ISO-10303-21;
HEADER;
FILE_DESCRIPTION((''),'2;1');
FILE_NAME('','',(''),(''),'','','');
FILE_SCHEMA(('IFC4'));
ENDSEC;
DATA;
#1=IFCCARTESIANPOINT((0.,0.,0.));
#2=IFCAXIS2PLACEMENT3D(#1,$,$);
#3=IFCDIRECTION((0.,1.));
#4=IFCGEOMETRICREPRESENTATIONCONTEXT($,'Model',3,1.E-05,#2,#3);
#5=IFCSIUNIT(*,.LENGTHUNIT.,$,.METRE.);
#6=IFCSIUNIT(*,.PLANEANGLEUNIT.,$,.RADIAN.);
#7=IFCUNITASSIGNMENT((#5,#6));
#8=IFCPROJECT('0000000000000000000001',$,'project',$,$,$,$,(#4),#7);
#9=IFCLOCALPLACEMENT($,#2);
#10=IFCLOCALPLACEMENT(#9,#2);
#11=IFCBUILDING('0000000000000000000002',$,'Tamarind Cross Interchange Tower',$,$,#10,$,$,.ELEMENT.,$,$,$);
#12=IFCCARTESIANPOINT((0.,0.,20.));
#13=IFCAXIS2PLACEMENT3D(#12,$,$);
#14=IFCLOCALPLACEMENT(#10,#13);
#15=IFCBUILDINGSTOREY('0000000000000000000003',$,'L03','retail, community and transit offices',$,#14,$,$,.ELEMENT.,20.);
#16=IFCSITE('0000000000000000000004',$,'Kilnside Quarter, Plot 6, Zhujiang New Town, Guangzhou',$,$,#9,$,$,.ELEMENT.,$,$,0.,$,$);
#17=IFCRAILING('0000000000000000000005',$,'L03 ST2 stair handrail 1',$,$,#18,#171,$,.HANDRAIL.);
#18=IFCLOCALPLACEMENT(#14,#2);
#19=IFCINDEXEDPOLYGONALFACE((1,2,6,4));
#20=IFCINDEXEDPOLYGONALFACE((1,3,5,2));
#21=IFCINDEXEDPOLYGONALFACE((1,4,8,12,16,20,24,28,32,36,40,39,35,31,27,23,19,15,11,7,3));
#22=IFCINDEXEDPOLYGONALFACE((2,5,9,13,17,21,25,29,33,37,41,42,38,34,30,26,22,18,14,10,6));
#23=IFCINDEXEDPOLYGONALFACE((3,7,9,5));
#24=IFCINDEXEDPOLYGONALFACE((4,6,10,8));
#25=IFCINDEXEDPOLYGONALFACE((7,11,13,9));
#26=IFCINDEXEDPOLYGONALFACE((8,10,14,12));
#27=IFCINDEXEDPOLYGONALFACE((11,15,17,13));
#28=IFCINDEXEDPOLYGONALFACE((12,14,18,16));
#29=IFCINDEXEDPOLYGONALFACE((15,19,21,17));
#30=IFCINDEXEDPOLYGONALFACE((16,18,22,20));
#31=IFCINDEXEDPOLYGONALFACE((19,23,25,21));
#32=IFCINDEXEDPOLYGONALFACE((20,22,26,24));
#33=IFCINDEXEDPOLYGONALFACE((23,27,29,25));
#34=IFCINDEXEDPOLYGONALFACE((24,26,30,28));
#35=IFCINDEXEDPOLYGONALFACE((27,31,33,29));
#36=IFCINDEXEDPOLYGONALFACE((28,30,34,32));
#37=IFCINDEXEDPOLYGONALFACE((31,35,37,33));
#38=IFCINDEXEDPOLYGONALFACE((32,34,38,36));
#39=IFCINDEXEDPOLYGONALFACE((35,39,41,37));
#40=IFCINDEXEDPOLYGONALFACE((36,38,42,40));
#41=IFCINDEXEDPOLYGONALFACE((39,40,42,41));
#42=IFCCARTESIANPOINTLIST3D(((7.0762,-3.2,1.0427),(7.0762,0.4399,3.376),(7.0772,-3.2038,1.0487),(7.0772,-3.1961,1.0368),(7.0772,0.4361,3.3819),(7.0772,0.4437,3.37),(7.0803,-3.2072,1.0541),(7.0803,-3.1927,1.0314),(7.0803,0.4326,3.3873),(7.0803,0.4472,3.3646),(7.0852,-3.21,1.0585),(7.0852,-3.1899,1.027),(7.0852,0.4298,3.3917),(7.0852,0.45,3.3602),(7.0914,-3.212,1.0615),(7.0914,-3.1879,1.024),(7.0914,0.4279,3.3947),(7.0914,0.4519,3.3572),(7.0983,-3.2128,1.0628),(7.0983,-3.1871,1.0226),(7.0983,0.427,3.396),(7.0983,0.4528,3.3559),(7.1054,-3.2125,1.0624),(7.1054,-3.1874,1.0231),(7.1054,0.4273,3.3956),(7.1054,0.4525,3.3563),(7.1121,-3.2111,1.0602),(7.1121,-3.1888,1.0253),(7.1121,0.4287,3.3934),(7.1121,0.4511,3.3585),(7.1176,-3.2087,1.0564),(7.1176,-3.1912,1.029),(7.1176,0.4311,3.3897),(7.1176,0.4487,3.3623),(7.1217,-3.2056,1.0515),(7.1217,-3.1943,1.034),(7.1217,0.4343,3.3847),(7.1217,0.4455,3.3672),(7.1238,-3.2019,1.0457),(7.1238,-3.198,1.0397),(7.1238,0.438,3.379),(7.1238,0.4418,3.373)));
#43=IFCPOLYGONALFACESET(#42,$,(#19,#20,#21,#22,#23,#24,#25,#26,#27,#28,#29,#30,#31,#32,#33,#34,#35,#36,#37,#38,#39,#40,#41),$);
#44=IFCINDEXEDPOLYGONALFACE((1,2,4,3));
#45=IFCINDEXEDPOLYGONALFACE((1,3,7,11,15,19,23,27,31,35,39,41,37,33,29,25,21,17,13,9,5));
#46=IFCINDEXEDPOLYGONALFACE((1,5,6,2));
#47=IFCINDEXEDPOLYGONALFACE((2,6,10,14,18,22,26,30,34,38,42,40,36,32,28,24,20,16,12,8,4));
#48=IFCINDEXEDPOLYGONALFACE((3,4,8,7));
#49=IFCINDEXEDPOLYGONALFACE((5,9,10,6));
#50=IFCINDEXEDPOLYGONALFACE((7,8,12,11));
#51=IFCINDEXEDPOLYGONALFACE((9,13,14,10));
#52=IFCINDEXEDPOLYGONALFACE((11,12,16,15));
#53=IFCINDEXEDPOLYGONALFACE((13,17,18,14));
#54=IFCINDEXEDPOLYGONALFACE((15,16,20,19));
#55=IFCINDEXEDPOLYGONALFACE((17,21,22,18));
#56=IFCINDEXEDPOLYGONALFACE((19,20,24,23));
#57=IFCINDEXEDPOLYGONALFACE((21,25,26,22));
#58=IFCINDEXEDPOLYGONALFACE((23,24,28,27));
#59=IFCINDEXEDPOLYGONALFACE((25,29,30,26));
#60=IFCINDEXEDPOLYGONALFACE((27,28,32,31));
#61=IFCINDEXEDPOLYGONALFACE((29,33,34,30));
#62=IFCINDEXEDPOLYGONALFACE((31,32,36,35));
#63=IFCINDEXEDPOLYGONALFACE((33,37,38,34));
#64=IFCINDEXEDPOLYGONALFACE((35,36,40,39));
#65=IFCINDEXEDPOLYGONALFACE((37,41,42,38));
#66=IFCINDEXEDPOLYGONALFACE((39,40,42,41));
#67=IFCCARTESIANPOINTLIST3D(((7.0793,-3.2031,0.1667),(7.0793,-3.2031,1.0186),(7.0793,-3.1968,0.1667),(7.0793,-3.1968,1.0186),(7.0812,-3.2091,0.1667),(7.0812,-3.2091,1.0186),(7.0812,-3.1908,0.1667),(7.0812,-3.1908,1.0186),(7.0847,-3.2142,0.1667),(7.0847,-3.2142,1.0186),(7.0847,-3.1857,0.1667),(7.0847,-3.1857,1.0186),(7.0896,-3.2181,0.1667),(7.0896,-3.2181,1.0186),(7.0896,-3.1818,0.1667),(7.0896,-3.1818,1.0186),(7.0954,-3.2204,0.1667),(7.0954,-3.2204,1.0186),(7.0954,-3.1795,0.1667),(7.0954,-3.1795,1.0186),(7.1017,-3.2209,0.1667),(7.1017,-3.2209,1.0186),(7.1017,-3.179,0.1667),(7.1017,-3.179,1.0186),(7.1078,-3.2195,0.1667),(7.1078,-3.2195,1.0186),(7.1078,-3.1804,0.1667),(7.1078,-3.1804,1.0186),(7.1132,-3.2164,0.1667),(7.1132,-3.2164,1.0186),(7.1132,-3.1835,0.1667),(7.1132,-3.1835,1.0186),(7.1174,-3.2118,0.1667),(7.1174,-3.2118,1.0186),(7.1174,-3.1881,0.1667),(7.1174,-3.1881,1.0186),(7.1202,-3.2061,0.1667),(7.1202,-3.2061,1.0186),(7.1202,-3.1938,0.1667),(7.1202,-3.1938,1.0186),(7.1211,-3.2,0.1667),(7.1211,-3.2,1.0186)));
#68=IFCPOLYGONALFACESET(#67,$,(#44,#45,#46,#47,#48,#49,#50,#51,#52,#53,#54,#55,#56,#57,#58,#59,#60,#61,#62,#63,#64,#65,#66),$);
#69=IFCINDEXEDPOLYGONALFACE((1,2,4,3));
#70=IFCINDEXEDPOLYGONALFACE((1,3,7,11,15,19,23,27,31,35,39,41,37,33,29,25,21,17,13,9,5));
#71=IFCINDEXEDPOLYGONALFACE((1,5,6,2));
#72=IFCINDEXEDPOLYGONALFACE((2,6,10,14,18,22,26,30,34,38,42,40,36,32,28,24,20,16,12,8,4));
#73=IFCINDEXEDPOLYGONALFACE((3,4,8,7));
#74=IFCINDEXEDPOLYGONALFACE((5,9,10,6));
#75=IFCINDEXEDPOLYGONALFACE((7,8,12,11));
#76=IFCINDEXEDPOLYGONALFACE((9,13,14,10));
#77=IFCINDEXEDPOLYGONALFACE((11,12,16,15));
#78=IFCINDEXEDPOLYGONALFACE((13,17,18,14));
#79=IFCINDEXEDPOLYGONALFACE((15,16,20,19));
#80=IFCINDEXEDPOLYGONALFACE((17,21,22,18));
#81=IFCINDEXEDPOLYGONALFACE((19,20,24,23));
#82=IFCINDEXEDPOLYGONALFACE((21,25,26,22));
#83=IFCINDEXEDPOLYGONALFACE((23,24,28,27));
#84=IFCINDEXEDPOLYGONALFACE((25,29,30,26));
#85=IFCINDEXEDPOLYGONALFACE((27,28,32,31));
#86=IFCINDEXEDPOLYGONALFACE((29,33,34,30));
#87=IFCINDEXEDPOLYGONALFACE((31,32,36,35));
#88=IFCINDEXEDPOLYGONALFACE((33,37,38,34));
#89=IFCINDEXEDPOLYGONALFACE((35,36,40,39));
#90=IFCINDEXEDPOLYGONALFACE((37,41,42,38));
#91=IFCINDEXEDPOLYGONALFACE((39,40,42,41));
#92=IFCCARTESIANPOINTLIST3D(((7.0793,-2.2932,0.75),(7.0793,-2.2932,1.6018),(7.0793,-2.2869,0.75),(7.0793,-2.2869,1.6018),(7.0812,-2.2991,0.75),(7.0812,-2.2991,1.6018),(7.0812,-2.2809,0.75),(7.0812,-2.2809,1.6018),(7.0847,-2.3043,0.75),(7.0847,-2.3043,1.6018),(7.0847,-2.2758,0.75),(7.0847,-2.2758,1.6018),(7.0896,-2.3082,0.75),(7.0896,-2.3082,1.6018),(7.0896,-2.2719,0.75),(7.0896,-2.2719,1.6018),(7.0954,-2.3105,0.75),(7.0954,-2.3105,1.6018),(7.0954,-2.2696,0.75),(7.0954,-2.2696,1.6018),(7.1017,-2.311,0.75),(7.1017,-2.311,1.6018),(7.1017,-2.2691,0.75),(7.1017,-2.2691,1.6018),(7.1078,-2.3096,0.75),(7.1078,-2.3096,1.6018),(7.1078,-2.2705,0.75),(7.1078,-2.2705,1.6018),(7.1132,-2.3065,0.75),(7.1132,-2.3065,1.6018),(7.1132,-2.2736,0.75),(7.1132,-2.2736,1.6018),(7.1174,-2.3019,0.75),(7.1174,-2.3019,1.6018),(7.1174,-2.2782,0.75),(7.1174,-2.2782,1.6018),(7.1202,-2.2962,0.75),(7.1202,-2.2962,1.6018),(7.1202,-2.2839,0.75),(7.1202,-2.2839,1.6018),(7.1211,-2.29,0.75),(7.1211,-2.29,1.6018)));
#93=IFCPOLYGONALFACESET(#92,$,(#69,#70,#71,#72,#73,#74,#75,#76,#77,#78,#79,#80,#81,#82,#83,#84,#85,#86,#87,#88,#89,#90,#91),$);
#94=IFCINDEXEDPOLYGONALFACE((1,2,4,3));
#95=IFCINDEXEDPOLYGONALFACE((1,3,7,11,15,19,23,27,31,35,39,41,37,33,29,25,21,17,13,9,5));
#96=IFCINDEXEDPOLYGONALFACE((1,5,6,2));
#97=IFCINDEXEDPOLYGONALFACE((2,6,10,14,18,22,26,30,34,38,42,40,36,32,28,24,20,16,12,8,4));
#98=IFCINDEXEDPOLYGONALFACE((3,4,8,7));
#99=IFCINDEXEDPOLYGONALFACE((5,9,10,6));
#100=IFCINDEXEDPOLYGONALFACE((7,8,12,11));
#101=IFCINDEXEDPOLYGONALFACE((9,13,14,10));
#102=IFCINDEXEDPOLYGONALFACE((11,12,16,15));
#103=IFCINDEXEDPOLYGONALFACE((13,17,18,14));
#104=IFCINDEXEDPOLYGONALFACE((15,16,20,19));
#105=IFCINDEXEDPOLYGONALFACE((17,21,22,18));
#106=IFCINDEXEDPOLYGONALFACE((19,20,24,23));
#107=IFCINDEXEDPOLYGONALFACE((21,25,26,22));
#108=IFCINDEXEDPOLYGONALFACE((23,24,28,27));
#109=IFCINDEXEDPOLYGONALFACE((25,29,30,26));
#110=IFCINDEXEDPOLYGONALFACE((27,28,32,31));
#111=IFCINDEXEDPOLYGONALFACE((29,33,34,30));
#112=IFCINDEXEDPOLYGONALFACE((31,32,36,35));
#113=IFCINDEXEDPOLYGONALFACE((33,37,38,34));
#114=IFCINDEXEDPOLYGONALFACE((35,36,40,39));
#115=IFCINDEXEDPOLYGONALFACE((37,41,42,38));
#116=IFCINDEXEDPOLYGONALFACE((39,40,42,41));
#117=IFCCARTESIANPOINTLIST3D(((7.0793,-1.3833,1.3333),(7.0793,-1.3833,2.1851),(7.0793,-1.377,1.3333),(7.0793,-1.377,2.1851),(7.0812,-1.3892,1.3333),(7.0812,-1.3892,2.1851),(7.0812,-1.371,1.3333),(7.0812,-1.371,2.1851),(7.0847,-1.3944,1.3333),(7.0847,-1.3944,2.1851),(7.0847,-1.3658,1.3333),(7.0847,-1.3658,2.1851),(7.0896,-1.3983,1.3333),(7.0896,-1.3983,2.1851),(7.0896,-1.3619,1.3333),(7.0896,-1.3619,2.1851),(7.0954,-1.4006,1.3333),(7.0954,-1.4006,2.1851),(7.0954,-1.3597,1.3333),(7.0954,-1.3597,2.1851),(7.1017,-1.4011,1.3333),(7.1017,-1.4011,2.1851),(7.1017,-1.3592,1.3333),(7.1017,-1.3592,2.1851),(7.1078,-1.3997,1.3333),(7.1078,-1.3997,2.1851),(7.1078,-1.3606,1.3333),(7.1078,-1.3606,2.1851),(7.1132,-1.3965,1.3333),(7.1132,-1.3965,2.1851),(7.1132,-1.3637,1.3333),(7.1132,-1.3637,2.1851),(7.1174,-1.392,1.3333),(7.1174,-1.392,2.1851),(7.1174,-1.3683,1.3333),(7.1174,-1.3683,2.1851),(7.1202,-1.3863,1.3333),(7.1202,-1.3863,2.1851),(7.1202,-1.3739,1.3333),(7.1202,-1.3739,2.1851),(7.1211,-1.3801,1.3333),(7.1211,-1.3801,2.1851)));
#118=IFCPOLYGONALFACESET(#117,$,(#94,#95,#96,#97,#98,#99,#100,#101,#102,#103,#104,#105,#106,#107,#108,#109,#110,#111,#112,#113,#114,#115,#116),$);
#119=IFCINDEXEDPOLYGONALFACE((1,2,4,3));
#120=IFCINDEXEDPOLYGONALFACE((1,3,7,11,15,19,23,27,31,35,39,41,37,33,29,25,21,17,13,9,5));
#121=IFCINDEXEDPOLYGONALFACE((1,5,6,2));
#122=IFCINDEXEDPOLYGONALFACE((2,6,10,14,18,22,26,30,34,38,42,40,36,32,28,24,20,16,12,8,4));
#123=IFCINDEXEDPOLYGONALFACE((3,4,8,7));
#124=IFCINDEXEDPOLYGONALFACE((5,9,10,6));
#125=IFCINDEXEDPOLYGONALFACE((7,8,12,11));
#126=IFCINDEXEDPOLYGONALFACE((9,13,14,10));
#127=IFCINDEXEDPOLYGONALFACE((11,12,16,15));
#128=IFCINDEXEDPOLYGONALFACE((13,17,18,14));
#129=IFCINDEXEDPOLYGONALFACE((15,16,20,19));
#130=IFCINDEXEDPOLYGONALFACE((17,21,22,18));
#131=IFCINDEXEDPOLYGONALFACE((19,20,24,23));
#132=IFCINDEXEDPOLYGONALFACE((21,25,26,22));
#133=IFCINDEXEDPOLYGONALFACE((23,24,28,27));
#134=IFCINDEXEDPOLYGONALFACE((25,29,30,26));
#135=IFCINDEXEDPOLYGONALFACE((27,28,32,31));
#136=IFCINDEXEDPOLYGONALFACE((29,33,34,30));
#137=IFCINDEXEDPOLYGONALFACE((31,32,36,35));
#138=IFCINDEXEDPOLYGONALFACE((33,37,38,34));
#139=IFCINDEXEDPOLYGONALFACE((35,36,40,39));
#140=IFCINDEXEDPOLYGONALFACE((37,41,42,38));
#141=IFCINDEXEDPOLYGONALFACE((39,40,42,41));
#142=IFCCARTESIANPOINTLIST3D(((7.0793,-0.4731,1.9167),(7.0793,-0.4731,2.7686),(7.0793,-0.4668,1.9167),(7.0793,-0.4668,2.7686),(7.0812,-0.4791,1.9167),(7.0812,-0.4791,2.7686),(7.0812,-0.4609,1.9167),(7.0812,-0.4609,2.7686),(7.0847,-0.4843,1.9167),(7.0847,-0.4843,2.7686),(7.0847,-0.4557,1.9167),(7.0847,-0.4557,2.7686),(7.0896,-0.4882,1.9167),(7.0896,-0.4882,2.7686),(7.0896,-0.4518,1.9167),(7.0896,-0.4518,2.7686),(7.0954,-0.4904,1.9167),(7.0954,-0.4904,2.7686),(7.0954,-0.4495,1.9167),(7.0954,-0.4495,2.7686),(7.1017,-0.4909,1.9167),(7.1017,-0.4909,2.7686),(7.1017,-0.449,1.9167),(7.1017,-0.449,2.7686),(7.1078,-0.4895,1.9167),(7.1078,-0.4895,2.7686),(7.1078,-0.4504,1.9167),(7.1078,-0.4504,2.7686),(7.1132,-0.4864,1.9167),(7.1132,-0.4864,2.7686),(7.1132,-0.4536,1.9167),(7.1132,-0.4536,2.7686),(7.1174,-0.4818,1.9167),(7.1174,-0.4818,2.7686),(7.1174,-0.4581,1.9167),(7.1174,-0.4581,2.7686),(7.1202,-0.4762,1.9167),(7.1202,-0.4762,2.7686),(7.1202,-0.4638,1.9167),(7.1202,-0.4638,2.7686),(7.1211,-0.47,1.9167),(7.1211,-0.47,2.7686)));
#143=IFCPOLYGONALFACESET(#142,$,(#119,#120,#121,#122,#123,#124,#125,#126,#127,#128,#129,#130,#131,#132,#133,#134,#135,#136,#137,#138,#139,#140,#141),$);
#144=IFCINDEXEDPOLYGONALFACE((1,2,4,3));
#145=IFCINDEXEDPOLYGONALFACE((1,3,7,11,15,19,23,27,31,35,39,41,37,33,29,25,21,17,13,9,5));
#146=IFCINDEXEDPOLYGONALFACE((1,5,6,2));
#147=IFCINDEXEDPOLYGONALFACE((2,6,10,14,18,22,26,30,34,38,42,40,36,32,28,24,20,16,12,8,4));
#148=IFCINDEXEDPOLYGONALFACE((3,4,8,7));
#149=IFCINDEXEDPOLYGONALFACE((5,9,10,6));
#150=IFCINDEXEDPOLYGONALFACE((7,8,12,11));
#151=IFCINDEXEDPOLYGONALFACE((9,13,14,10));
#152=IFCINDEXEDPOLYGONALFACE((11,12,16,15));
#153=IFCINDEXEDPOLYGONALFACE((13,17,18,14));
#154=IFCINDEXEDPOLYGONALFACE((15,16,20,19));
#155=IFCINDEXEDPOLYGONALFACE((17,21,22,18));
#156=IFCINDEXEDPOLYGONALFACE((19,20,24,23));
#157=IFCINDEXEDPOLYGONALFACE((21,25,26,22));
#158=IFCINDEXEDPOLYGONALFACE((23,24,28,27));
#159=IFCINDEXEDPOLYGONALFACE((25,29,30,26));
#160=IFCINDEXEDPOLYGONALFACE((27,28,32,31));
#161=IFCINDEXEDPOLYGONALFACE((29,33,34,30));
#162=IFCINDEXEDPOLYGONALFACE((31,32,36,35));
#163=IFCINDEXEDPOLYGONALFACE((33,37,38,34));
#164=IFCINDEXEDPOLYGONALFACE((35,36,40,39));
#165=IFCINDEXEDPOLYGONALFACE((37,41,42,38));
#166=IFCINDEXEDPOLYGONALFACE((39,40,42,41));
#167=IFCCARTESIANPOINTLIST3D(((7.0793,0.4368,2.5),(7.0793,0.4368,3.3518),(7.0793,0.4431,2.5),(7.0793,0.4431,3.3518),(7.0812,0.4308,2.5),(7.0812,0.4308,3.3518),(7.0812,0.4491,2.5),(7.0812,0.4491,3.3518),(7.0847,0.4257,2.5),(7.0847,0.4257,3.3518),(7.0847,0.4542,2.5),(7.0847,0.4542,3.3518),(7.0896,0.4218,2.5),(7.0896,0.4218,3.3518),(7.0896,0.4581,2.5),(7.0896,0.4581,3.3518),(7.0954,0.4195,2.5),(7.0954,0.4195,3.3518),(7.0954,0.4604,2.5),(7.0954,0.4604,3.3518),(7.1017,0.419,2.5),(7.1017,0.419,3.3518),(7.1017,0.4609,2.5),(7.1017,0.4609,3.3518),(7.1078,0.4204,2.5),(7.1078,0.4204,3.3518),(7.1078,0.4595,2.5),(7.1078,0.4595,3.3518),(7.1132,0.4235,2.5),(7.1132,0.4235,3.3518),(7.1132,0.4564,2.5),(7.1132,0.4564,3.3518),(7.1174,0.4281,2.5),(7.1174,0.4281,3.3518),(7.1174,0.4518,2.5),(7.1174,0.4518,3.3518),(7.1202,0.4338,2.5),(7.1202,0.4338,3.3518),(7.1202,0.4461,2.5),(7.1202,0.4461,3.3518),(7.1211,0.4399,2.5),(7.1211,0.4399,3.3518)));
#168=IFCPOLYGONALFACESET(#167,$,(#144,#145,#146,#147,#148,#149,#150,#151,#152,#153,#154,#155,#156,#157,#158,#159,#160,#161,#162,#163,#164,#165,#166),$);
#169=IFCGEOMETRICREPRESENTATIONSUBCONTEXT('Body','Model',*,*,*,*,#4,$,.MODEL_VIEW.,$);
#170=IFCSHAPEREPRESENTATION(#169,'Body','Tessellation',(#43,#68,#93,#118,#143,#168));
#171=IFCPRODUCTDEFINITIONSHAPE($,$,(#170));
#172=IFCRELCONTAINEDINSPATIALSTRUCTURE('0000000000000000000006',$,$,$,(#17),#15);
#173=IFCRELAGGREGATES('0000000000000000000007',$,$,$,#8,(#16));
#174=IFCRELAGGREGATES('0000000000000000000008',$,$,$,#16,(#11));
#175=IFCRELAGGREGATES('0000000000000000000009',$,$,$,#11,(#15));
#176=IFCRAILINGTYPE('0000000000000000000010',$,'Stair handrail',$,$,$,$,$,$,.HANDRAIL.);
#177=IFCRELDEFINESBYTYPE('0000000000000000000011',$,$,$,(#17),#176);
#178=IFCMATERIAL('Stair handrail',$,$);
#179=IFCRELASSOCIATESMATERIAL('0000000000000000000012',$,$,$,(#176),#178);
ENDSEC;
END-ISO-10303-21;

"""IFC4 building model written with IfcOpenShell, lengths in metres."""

from ifc_helpers import new_model, si_unit, direction, frame, origin, origin_2d, place, context, subcontext, project, spatial, circle, extrude, material, type_object, element, save


model = new_model("IFC4")

# Units and contexts
model_context = context("Model", 3, precision=1e-05, world=origin(), true_north=direction((0.0, 1.0)))
body_context = subcontext(model_context, "Body", "Model", "MODEL_VIEW")
ifc_project = project(units=[si_unit("LENGTHUNIT", "METRE"), si_unit("PLANEANGLEUNIT", "RADIAN")], contexts=[model_context])

# Site, building, storey
site_placement = place(None, origin())
site = spatial("IfcSite", under=ifc_project, at=site_placement, Name="Kilnside Quarter, Plot 6, Zhujiang New Town, Guangzhou", CompositionType="ELEMENT", RefElevation=0.0)
building_placement = place(site_placement, origin())
building = spatial("IfcBuilding", under=site, at=building_placement, Name="Tamarind Cross Interchange Tower", CompositionType="ELEMENT")
storey_placement = place(building_placement, frame((0.0, 0.0, 20.0)))
storey = spatial("IfcBuildingStorey", under=building, at=storey_placement, Name="L03", Description="retail, community and transit offices", CompositionType="ELEMENT", Elevation=20.0)

# Railing
ifc_material_1 = material(Name="Stair handrail")
railing_type_1 = type_object("IfcRailingType", Name="Stair handrail", PredefinedType="HANDRAIL", material=ifc_material_1)
railing_1_placement = place(storey_placement, frame((7.1001, -3.2, 0.1667)))
element("IfcRailing", 1, at=railing_1_placement, inside=storey, type_object=railing_type_1, Name="L03 ST2 stair handrail 1", PredefinedType="HANDRAIL", context=body_context, shape_type="SweptSolid", body=[
    extrude(circle(Radius=0.0239, at=origin_2d()), frame((0.0, 0.0, 0.876), z_axis=(0.0, 0.84188, 0.539664), x_axis=(-1.0, 0.0, 0.0)), (0.0, 0.0, 1.0), 4.3235),
    extrude(circle(Radius=0.021, at=origin_2d()), origin(), (0.0, 0.0, 1.0), 0.8518),
    extrude(circle(Radius=0.021, at=origin_2d()), frame((0.0, 0.9099, 0.5833)), (0.0, 0.0, 1.0), 0.8518),
    extrude(circle(Radius=0.021, at=origin_2d()), frame((0.0, 1.8198, 1.1665)), (0.0, 0.0, 1.0), 0.8518),
    extrude(circle(Radius=0.021, at=origin_2d()), frame((0.0, 2.73, 1.75)), (0.0, 0.0, 1.0), 0.8518),
    extrude(circle(Radius=0.021, at=origin_2d()), frame((0.0, 3.6399, 2.3333)), (0.0, 0.0, 1.0), 0.8518),
])

save(model, "model.ifc")
